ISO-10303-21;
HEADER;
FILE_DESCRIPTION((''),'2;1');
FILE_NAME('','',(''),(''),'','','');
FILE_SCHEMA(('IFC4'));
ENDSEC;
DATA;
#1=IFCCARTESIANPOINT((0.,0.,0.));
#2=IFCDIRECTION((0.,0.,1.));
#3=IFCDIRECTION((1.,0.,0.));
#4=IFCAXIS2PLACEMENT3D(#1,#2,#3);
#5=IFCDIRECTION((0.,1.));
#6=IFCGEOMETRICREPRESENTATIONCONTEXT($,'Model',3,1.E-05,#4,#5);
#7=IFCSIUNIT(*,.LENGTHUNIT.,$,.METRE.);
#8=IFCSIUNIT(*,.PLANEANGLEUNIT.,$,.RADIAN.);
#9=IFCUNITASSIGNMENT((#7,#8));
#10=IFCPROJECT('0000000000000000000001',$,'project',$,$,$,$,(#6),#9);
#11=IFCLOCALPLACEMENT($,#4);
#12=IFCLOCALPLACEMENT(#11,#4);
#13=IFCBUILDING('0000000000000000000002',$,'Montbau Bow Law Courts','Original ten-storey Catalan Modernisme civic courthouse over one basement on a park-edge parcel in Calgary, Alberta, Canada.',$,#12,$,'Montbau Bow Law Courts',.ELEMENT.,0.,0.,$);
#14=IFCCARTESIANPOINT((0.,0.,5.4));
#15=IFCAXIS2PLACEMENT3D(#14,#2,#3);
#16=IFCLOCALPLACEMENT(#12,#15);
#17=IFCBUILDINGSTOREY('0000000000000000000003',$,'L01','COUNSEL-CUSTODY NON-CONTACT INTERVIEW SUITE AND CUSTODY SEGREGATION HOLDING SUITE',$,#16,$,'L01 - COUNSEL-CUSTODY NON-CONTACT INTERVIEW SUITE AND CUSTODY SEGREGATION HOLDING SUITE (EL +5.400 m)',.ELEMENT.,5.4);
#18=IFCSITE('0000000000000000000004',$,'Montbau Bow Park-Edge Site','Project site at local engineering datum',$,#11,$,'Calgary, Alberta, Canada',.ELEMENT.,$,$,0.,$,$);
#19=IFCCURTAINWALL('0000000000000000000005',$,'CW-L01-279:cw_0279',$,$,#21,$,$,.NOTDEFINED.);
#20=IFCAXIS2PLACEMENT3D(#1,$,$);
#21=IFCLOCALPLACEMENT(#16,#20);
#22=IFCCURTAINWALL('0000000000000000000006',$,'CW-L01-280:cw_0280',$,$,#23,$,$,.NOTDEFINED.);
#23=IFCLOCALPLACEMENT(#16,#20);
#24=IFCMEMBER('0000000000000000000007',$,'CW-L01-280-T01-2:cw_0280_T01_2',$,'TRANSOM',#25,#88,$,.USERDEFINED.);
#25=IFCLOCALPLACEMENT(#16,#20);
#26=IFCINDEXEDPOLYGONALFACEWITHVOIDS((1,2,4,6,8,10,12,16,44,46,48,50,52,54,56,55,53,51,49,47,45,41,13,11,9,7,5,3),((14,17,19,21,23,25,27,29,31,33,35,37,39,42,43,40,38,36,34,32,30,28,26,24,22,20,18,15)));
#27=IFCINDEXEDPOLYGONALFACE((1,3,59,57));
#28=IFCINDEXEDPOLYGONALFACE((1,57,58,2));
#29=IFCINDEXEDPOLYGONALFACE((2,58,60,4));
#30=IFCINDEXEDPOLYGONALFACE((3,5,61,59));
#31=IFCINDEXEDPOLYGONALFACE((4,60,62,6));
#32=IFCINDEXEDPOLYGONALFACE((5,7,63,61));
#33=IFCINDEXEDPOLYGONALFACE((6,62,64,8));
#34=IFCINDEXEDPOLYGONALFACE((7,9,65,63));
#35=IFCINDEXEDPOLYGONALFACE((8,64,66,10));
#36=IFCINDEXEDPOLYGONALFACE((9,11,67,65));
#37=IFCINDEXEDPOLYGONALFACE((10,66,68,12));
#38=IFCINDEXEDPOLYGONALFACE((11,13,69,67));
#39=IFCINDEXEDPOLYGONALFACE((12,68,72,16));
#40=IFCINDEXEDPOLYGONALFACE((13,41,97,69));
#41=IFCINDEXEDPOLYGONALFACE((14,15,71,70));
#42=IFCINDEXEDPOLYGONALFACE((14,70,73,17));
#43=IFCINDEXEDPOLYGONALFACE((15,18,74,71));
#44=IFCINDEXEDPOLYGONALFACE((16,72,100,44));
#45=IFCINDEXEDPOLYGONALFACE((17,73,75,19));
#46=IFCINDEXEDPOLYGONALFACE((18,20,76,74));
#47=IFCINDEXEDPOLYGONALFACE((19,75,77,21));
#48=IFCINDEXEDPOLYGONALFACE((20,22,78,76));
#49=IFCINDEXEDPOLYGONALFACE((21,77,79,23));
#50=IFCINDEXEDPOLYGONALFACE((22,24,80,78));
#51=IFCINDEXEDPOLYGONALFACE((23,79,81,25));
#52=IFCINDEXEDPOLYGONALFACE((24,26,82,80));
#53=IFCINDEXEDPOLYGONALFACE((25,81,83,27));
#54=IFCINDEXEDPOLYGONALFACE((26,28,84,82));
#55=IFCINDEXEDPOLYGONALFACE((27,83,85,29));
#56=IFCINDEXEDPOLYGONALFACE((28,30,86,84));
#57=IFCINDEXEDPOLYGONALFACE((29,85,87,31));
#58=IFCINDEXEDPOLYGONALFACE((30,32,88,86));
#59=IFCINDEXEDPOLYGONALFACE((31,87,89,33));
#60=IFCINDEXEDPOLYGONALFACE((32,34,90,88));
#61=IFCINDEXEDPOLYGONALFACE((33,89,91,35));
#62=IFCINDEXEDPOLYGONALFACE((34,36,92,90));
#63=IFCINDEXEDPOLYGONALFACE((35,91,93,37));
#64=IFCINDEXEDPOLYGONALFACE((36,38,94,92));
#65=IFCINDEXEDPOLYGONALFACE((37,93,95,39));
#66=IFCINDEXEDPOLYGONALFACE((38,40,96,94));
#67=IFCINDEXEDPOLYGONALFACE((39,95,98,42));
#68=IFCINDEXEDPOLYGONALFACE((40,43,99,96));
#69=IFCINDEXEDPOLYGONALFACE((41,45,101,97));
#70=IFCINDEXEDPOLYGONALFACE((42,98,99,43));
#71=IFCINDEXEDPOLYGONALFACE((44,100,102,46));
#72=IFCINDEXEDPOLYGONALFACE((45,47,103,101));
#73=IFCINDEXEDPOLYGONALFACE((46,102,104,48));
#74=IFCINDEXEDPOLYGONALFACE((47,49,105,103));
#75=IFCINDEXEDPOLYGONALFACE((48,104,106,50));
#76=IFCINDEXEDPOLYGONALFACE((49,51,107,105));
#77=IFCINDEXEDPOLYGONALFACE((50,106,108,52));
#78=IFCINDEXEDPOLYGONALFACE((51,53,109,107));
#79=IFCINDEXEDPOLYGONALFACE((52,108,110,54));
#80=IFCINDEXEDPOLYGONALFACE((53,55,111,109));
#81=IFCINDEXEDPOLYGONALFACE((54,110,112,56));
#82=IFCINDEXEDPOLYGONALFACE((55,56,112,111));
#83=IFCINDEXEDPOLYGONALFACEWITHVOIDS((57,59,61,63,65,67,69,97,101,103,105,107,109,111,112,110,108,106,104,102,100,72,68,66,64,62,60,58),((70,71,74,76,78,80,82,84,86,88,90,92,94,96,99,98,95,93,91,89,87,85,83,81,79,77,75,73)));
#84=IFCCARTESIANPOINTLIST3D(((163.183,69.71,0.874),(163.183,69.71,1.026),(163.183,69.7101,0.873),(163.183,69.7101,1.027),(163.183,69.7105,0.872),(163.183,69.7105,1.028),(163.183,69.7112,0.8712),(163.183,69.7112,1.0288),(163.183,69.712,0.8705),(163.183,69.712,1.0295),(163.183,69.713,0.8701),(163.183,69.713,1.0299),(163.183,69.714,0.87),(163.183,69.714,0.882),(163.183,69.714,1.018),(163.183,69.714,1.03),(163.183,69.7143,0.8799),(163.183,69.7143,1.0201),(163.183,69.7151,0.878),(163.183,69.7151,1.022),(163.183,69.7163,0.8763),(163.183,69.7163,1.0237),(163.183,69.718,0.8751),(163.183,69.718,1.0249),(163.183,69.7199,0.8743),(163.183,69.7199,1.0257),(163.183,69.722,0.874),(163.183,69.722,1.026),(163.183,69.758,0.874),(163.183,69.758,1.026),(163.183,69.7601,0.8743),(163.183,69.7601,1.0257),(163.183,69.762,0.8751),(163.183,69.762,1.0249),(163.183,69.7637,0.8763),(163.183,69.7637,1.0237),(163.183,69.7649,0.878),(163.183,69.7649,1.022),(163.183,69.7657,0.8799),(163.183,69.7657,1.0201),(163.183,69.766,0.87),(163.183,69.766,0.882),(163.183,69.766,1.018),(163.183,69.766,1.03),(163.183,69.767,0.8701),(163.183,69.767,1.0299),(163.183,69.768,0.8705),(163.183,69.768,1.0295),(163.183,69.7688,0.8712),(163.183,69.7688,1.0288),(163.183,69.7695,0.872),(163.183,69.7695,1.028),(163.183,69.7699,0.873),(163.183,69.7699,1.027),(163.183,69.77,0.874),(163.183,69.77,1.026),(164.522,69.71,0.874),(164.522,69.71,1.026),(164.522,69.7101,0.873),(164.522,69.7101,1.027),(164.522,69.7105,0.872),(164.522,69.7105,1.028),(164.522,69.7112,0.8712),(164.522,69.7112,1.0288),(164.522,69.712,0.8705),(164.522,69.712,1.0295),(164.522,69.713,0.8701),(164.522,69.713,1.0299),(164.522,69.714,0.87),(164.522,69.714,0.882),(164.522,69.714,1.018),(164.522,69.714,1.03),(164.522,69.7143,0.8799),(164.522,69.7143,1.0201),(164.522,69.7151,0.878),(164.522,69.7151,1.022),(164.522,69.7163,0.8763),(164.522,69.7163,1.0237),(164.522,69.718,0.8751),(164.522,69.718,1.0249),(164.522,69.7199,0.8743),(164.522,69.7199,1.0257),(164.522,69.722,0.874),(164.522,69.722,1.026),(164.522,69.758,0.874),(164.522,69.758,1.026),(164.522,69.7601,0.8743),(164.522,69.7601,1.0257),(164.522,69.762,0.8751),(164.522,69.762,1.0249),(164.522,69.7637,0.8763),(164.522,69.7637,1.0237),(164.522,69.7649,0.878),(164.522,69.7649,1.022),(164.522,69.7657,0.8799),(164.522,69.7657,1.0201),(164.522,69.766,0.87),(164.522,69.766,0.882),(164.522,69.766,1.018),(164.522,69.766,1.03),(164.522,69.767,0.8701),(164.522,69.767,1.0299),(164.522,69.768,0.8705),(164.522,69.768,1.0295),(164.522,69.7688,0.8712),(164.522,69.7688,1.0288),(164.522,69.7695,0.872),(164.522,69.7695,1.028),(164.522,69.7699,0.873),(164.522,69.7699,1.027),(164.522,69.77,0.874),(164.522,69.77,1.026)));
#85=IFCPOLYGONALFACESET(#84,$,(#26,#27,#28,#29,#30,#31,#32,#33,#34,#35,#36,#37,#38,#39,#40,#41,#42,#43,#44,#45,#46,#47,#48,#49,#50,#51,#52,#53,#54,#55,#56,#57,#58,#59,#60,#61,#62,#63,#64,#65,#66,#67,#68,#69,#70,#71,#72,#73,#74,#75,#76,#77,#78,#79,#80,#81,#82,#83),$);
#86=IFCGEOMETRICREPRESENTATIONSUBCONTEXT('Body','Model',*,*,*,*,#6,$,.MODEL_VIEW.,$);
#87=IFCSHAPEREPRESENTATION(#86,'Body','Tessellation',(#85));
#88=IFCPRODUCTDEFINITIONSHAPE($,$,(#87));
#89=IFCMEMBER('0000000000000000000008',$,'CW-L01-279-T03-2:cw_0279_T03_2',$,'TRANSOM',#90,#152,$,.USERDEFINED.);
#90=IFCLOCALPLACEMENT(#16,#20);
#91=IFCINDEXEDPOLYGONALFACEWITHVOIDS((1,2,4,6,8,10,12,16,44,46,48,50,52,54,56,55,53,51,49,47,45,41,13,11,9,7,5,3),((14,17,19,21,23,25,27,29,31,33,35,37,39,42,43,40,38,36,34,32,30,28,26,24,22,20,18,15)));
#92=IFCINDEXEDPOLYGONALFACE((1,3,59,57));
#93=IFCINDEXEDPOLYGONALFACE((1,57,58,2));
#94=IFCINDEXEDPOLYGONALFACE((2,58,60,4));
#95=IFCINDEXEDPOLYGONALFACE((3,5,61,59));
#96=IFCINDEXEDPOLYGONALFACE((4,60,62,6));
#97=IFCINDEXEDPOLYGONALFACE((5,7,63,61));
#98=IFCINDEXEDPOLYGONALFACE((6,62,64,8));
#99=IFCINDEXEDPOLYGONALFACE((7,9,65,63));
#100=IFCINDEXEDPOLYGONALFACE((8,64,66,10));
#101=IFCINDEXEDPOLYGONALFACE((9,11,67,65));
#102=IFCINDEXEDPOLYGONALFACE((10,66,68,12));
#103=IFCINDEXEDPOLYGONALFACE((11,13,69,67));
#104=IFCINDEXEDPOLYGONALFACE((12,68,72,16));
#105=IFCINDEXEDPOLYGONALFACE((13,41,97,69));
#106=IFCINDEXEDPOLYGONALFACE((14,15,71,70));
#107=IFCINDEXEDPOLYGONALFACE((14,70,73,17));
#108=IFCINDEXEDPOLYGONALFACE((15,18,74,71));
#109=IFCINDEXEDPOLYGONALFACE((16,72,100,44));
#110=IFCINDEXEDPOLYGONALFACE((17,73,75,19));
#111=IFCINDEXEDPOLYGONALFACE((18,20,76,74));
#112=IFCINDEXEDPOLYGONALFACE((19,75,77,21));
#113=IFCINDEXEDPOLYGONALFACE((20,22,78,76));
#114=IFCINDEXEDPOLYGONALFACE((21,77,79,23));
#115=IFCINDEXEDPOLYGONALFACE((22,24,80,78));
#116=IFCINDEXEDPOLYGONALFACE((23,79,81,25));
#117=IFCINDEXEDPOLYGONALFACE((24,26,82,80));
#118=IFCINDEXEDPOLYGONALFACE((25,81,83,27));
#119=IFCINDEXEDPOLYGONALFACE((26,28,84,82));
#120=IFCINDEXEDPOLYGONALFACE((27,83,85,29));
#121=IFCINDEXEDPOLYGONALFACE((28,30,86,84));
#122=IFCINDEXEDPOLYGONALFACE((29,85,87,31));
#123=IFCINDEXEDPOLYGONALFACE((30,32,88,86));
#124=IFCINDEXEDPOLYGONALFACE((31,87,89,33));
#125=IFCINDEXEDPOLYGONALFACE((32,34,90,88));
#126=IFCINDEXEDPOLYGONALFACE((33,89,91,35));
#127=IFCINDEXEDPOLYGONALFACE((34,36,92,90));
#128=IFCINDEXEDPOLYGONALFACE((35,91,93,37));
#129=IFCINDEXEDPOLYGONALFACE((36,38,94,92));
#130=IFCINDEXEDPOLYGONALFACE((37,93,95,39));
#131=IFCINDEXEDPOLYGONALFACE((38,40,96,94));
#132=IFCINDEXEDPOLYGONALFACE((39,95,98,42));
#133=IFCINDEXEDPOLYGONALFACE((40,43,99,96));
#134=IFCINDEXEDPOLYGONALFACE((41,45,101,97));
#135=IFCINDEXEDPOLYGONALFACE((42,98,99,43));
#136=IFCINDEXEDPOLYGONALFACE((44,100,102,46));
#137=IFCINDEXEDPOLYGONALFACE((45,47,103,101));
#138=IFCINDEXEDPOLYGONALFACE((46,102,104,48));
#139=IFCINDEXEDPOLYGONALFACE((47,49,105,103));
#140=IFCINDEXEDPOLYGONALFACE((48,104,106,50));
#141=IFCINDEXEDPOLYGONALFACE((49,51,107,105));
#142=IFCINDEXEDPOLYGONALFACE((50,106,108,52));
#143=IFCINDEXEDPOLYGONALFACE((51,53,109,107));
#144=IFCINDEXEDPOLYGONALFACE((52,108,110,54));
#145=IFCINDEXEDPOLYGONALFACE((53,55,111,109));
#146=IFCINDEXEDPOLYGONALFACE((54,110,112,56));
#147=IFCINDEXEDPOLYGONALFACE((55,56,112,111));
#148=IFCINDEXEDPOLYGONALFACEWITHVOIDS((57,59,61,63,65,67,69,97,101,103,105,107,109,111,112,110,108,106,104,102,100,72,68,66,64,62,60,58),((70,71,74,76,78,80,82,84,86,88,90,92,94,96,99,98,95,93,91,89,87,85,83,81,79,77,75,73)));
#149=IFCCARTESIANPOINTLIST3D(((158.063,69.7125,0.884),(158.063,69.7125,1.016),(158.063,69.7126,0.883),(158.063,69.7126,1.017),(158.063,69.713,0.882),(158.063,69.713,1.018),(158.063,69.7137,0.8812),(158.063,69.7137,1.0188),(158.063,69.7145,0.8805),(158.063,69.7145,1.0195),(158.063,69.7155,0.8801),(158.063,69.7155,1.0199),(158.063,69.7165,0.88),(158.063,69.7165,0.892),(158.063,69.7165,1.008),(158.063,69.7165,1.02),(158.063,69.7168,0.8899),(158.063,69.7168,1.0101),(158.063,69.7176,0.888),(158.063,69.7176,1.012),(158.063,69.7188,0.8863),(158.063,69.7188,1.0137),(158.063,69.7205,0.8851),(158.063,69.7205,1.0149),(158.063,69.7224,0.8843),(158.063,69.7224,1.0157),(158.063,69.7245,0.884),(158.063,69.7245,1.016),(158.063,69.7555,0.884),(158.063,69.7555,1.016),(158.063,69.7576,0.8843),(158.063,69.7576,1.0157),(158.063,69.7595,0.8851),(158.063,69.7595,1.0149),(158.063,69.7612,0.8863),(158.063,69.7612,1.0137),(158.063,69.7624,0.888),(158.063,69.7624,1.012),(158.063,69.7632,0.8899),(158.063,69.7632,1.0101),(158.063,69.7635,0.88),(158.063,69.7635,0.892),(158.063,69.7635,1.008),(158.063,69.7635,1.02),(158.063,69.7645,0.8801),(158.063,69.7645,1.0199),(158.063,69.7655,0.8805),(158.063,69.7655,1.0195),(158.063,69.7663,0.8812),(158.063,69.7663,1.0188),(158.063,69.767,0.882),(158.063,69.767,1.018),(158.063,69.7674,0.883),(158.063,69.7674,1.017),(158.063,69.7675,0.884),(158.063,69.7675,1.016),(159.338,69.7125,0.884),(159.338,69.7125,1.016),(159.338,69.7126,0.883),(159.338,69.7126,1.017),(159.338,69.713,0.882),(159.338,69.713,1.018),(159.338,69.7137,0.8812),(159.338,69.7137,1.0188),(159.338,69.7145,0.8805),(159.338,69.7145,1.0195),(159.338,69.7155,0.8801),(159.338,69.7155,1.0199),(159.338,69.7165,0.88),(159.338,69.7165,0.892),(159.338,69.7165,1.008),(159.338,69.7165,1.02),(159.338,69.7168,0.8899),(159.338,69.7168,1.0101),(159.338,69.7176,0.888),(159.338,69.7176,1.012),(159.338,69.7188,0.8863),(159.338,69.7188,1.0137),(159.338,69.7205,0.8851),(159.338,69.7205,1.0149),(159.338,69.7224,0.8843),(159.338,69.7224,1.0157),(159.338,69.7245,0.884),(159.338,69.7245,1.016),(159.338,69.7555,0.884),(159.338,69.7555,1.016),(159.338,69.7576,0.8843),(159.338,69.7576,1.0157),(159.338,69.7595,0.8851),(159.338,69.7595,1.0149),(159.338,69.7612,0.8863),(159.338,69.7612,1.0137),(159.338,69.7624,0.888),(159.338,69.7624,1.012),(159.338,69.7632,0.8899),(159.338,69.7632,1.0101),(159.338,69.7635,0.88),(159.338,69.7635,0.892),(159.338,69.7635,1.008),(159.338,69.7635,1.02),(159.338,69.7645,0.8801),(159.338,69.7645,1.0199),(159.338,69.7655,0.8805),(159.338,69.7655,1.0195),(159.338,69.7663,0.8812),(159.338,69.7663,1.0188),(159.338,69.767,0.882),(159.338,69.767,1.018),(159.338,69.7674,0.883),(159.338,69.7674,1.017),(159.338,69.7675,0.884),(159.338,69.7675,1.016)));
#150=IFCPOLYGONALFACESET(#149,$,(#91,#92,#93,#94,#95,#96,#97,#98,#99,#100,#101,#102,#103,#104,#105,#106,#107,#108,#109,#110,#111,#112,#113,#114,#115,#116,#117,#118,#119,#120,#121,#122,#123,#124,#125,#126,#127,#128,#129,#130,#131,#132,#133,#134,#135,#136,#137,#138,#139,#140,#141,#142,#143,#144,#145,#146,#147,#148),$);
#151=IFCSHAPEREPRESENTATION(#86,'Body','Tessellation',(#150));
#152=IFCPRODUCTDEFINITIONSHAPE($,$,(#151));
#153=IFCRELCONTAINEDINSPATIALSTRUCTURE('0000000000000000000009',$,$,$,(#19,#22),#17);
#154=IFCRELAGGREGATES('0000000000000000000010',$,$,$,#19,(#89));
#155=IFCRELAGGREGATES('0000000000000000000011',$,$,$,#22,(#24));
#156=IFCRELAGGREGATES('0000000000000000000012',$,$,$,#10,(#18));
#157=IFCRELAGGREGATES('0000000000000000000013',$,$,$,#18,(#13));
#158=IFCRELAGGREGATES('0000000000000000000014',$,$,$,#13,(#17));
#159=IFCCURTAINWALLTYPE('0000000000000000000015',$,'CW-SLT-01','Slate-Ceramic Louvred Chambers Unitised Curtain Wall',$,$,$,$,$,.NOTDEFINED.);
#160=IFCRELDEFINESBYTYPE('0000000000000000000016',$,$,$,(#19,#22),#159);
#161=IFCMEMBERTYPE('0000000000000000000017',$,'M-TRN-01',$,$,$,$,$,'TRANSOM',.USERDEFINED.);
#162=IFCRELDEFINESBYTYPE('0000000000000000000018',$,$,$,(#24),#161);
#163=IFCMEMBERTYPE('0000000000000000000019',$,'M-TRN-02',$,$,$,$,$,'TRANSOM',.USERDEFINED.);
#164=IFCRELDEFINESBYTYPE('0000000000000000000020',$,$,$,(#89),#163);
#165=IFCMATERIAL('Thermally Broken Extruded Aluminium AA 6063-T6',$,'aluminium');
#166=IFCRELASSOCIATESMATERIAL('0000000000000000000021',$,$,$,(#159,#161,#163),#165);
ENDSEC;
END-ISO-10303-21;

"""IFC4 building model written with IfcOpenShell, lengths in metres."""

from ifc_helpers import new_model, si_unit, direction, frame, origin_with_axes, origin_2d_with_axis, place, context, subcontext, project, spatial, hollow_rectangle, extrude, material, material_profile, profile_set, type_object, element, aggregate, save


model = new_model("IFC4")

# Units and contexts
model_context = context("Model", 3, precision=1e-05, world=origin_with_axes(), true_north=direction((0.0, 1.0)))
body_context = subcontext(model_context, "Body", "Model", "MODEL_VIEW")
ifc_project = project(units=[si_unit("LENGTHUNIT", "METRE"), si_unit("PLANEANGLEUNIT", "RADIAN")], contexts=[model_context])

# Site, building, storey
site_placement = place(None, origin_with_axes())
site = spatial("IfcSite", under=ifc_project, at=site_placement, Name="Montbau Bow Park-Edge Site", Description="Project site at local engineering datum", LongName="Calgary, Alberta, Canada", CompositionType="ELEMENT", RefElevation=0.0)
building_placement = place(site_placement, origin_with_axes())
building = spatial("IfcBuilding", under=site, at=building_placement, Name="Montbau Bow Law Courts", Description="Original ten-storey Catalan Modernisme civic courthouse over one basement on a park-edge parcel in Calgary, Alberta, Canada.", LongName="Montbau Bow Law Courts", CompositionType="ELEMENT", ElevationOfRefHeight=0.0, ElevationOfTerrain=0.0)
storey_placement = place(building_placement, frame((0.0, 0.0, 5.4), z_axis=(0.0, 0.0, 1.0), x_axis=(1.0, 0.0, 0.0)))
storey = spatial("IfcBuildingStorey", under=building, at=storey_placement, Name="L01", Description="COUNSEL-CUSTODY NON-CONTACT INTERVIEW SUITE AND CUSTODY SEGREGATION HOLDING SUITE", LongName="L01 - COUNSEL-CUSTODY NON-CONTACT INTERVIEW SUITE AND CUSTODY SEGREGATION HOLDING SUITE (EL +5.400 m)", CompositionType="ELEMENT", Elevation=5.4)

# Curtain walls, member
ifc_material_1 = material(Name="Thermally Broken Extruded Aluminium AA 6063-T6", Category="aluminium")
curtain_wall_type = type_object("IfcCurtainWallType", Name="CW-SLT-01", Description="Slate-Ceramic Louvred Chambers Unitised Curtain Wall", PredefinedType="NOTDEFINED", material=ifc_material_1)
curtain_wall_1_placement = place(None, frame((155.315, 69.74, 5.4), z_axis=(0.0, 0.0, 1.0), x_axis=(1.0, 0.0, 0.0)))
curtain_wall_1 = element("IfcCurtainWall", 1, at=curtain_wall_1_placement, inside=storey, type_object=curtain_wall_type, Name="CW-L01-279:cw_0279", PredefinedType="NOTDEFINED")
curtain_wall_2_placement = place(None, frame((163.115, 69.74, 5.4), z_axis=(0.0, 0.0, 1.0), x_axis=(1.0, 0.0, 0.0)))
curtain_wall_2 = element("IfcCurtainWall", 2, at=curtain_wall_2_placement, inside=storey, type_object=curtain_wall_type, Name="CW-L01-280:cw_0280", PredefinedType="NOTDEFINED")
ifc_material_profile_1 = material_profile(ifc_material_1, hollow_rectangle(XDim=0.06, YDim=0.16, WallThickness=0.004, InnerFilletRadius=0.008, OuterFilletRadius=0.004, at=origin_2d_with_axis()), Name="CWT-160X60", Category="Main", Priority=0)
ifc_profile_set_1 = profile_set([ifc_material_profile_1], Name="Thermally Broken Extruded Aluminium AA 6063-T6")
member_type_1 = type_object("IfcMemberType", Name="M-TRN-01", ElementType="TRANSOM", PredefinedType="USERDEFINED", material=ifc_profile_set_1)
member_1_placement = place(None, frame((163.183, 69.74, 6.35), z_axis=(1.0, 0.0, 0.0), x_axis=(0.0, 1.0, 0.0)))
member_1 = element("IfcMember", 3, at=member_1_placement, type_object=member_type_1, Name="CW-L01-280-T01-2:cw_0280_T01_2", ObjectType="TRANSOM", PredefinedType="USERDEFINED", context=body_context, shape_type="SweptSolid", body=[
    extrude(hollow_rectangle(XDim=0.06, YDim=0.16, WallThickness=0.004, InnerFilletRadius=0.008, OuterFilletRadius=0.004, at=origin_2d_with_axis()), origin_with_axes(), (0.0, 0.0, 1.0), 1.339),
])

# Member
ifc_material_profile_2 = material_profile(ifc_material_1, hollow_rectangle(XDim=0.055, YDim=0.14, WallThickness=0.004, InnerFilletRadius=0.008, OuterFilletRadius=0.004, at=origin_2d_with_axis()), Name="CWT-140X55", Category="Main", Priority=0)
ifc_profile_set_2 = profile_set([ifc_material_profile_2], Name="Thermally Broken Extruded Aluminium AA 6063-T6")
member_type_2 = type_object("IfcMemberType", Name="M-TRN-02", ElementType="TRANSOM", PredefinedType="USERDEFINED", material=ifc_profile_set_2)
member_2_placement = place(None, frame((158.063, 69.74, 6.35), z_axis=(1.0, 0.0, 0.0), x_axis=(0.0, 1.0, 0.0)))
member_2 = element("IfcMember", 4, at=member_2_placement, type_object=member_type_2, Name="CW-L01-279-T03-2:cw_0279_T03_2", ObjectType="TRANSOM", PredefinedType="USERDEFINED", context=body_context, shape_type="SweptSolid", body=[
    extrude(hollow_rectangle(XDim=0.055, YDim=0.14, WallThickness=0.004, InnerFilletRadius=0.008, OuterFilletRadius=0.004, at=origin_2d_with_axis()), origin_with_axes(), (0.0, 0.0, 1.0), 1.275),
])

aggregate(curtain_wall_1, [member_2])
aggregate(curtain_wall_2, [member_1])

save(model, "model.ifc")
